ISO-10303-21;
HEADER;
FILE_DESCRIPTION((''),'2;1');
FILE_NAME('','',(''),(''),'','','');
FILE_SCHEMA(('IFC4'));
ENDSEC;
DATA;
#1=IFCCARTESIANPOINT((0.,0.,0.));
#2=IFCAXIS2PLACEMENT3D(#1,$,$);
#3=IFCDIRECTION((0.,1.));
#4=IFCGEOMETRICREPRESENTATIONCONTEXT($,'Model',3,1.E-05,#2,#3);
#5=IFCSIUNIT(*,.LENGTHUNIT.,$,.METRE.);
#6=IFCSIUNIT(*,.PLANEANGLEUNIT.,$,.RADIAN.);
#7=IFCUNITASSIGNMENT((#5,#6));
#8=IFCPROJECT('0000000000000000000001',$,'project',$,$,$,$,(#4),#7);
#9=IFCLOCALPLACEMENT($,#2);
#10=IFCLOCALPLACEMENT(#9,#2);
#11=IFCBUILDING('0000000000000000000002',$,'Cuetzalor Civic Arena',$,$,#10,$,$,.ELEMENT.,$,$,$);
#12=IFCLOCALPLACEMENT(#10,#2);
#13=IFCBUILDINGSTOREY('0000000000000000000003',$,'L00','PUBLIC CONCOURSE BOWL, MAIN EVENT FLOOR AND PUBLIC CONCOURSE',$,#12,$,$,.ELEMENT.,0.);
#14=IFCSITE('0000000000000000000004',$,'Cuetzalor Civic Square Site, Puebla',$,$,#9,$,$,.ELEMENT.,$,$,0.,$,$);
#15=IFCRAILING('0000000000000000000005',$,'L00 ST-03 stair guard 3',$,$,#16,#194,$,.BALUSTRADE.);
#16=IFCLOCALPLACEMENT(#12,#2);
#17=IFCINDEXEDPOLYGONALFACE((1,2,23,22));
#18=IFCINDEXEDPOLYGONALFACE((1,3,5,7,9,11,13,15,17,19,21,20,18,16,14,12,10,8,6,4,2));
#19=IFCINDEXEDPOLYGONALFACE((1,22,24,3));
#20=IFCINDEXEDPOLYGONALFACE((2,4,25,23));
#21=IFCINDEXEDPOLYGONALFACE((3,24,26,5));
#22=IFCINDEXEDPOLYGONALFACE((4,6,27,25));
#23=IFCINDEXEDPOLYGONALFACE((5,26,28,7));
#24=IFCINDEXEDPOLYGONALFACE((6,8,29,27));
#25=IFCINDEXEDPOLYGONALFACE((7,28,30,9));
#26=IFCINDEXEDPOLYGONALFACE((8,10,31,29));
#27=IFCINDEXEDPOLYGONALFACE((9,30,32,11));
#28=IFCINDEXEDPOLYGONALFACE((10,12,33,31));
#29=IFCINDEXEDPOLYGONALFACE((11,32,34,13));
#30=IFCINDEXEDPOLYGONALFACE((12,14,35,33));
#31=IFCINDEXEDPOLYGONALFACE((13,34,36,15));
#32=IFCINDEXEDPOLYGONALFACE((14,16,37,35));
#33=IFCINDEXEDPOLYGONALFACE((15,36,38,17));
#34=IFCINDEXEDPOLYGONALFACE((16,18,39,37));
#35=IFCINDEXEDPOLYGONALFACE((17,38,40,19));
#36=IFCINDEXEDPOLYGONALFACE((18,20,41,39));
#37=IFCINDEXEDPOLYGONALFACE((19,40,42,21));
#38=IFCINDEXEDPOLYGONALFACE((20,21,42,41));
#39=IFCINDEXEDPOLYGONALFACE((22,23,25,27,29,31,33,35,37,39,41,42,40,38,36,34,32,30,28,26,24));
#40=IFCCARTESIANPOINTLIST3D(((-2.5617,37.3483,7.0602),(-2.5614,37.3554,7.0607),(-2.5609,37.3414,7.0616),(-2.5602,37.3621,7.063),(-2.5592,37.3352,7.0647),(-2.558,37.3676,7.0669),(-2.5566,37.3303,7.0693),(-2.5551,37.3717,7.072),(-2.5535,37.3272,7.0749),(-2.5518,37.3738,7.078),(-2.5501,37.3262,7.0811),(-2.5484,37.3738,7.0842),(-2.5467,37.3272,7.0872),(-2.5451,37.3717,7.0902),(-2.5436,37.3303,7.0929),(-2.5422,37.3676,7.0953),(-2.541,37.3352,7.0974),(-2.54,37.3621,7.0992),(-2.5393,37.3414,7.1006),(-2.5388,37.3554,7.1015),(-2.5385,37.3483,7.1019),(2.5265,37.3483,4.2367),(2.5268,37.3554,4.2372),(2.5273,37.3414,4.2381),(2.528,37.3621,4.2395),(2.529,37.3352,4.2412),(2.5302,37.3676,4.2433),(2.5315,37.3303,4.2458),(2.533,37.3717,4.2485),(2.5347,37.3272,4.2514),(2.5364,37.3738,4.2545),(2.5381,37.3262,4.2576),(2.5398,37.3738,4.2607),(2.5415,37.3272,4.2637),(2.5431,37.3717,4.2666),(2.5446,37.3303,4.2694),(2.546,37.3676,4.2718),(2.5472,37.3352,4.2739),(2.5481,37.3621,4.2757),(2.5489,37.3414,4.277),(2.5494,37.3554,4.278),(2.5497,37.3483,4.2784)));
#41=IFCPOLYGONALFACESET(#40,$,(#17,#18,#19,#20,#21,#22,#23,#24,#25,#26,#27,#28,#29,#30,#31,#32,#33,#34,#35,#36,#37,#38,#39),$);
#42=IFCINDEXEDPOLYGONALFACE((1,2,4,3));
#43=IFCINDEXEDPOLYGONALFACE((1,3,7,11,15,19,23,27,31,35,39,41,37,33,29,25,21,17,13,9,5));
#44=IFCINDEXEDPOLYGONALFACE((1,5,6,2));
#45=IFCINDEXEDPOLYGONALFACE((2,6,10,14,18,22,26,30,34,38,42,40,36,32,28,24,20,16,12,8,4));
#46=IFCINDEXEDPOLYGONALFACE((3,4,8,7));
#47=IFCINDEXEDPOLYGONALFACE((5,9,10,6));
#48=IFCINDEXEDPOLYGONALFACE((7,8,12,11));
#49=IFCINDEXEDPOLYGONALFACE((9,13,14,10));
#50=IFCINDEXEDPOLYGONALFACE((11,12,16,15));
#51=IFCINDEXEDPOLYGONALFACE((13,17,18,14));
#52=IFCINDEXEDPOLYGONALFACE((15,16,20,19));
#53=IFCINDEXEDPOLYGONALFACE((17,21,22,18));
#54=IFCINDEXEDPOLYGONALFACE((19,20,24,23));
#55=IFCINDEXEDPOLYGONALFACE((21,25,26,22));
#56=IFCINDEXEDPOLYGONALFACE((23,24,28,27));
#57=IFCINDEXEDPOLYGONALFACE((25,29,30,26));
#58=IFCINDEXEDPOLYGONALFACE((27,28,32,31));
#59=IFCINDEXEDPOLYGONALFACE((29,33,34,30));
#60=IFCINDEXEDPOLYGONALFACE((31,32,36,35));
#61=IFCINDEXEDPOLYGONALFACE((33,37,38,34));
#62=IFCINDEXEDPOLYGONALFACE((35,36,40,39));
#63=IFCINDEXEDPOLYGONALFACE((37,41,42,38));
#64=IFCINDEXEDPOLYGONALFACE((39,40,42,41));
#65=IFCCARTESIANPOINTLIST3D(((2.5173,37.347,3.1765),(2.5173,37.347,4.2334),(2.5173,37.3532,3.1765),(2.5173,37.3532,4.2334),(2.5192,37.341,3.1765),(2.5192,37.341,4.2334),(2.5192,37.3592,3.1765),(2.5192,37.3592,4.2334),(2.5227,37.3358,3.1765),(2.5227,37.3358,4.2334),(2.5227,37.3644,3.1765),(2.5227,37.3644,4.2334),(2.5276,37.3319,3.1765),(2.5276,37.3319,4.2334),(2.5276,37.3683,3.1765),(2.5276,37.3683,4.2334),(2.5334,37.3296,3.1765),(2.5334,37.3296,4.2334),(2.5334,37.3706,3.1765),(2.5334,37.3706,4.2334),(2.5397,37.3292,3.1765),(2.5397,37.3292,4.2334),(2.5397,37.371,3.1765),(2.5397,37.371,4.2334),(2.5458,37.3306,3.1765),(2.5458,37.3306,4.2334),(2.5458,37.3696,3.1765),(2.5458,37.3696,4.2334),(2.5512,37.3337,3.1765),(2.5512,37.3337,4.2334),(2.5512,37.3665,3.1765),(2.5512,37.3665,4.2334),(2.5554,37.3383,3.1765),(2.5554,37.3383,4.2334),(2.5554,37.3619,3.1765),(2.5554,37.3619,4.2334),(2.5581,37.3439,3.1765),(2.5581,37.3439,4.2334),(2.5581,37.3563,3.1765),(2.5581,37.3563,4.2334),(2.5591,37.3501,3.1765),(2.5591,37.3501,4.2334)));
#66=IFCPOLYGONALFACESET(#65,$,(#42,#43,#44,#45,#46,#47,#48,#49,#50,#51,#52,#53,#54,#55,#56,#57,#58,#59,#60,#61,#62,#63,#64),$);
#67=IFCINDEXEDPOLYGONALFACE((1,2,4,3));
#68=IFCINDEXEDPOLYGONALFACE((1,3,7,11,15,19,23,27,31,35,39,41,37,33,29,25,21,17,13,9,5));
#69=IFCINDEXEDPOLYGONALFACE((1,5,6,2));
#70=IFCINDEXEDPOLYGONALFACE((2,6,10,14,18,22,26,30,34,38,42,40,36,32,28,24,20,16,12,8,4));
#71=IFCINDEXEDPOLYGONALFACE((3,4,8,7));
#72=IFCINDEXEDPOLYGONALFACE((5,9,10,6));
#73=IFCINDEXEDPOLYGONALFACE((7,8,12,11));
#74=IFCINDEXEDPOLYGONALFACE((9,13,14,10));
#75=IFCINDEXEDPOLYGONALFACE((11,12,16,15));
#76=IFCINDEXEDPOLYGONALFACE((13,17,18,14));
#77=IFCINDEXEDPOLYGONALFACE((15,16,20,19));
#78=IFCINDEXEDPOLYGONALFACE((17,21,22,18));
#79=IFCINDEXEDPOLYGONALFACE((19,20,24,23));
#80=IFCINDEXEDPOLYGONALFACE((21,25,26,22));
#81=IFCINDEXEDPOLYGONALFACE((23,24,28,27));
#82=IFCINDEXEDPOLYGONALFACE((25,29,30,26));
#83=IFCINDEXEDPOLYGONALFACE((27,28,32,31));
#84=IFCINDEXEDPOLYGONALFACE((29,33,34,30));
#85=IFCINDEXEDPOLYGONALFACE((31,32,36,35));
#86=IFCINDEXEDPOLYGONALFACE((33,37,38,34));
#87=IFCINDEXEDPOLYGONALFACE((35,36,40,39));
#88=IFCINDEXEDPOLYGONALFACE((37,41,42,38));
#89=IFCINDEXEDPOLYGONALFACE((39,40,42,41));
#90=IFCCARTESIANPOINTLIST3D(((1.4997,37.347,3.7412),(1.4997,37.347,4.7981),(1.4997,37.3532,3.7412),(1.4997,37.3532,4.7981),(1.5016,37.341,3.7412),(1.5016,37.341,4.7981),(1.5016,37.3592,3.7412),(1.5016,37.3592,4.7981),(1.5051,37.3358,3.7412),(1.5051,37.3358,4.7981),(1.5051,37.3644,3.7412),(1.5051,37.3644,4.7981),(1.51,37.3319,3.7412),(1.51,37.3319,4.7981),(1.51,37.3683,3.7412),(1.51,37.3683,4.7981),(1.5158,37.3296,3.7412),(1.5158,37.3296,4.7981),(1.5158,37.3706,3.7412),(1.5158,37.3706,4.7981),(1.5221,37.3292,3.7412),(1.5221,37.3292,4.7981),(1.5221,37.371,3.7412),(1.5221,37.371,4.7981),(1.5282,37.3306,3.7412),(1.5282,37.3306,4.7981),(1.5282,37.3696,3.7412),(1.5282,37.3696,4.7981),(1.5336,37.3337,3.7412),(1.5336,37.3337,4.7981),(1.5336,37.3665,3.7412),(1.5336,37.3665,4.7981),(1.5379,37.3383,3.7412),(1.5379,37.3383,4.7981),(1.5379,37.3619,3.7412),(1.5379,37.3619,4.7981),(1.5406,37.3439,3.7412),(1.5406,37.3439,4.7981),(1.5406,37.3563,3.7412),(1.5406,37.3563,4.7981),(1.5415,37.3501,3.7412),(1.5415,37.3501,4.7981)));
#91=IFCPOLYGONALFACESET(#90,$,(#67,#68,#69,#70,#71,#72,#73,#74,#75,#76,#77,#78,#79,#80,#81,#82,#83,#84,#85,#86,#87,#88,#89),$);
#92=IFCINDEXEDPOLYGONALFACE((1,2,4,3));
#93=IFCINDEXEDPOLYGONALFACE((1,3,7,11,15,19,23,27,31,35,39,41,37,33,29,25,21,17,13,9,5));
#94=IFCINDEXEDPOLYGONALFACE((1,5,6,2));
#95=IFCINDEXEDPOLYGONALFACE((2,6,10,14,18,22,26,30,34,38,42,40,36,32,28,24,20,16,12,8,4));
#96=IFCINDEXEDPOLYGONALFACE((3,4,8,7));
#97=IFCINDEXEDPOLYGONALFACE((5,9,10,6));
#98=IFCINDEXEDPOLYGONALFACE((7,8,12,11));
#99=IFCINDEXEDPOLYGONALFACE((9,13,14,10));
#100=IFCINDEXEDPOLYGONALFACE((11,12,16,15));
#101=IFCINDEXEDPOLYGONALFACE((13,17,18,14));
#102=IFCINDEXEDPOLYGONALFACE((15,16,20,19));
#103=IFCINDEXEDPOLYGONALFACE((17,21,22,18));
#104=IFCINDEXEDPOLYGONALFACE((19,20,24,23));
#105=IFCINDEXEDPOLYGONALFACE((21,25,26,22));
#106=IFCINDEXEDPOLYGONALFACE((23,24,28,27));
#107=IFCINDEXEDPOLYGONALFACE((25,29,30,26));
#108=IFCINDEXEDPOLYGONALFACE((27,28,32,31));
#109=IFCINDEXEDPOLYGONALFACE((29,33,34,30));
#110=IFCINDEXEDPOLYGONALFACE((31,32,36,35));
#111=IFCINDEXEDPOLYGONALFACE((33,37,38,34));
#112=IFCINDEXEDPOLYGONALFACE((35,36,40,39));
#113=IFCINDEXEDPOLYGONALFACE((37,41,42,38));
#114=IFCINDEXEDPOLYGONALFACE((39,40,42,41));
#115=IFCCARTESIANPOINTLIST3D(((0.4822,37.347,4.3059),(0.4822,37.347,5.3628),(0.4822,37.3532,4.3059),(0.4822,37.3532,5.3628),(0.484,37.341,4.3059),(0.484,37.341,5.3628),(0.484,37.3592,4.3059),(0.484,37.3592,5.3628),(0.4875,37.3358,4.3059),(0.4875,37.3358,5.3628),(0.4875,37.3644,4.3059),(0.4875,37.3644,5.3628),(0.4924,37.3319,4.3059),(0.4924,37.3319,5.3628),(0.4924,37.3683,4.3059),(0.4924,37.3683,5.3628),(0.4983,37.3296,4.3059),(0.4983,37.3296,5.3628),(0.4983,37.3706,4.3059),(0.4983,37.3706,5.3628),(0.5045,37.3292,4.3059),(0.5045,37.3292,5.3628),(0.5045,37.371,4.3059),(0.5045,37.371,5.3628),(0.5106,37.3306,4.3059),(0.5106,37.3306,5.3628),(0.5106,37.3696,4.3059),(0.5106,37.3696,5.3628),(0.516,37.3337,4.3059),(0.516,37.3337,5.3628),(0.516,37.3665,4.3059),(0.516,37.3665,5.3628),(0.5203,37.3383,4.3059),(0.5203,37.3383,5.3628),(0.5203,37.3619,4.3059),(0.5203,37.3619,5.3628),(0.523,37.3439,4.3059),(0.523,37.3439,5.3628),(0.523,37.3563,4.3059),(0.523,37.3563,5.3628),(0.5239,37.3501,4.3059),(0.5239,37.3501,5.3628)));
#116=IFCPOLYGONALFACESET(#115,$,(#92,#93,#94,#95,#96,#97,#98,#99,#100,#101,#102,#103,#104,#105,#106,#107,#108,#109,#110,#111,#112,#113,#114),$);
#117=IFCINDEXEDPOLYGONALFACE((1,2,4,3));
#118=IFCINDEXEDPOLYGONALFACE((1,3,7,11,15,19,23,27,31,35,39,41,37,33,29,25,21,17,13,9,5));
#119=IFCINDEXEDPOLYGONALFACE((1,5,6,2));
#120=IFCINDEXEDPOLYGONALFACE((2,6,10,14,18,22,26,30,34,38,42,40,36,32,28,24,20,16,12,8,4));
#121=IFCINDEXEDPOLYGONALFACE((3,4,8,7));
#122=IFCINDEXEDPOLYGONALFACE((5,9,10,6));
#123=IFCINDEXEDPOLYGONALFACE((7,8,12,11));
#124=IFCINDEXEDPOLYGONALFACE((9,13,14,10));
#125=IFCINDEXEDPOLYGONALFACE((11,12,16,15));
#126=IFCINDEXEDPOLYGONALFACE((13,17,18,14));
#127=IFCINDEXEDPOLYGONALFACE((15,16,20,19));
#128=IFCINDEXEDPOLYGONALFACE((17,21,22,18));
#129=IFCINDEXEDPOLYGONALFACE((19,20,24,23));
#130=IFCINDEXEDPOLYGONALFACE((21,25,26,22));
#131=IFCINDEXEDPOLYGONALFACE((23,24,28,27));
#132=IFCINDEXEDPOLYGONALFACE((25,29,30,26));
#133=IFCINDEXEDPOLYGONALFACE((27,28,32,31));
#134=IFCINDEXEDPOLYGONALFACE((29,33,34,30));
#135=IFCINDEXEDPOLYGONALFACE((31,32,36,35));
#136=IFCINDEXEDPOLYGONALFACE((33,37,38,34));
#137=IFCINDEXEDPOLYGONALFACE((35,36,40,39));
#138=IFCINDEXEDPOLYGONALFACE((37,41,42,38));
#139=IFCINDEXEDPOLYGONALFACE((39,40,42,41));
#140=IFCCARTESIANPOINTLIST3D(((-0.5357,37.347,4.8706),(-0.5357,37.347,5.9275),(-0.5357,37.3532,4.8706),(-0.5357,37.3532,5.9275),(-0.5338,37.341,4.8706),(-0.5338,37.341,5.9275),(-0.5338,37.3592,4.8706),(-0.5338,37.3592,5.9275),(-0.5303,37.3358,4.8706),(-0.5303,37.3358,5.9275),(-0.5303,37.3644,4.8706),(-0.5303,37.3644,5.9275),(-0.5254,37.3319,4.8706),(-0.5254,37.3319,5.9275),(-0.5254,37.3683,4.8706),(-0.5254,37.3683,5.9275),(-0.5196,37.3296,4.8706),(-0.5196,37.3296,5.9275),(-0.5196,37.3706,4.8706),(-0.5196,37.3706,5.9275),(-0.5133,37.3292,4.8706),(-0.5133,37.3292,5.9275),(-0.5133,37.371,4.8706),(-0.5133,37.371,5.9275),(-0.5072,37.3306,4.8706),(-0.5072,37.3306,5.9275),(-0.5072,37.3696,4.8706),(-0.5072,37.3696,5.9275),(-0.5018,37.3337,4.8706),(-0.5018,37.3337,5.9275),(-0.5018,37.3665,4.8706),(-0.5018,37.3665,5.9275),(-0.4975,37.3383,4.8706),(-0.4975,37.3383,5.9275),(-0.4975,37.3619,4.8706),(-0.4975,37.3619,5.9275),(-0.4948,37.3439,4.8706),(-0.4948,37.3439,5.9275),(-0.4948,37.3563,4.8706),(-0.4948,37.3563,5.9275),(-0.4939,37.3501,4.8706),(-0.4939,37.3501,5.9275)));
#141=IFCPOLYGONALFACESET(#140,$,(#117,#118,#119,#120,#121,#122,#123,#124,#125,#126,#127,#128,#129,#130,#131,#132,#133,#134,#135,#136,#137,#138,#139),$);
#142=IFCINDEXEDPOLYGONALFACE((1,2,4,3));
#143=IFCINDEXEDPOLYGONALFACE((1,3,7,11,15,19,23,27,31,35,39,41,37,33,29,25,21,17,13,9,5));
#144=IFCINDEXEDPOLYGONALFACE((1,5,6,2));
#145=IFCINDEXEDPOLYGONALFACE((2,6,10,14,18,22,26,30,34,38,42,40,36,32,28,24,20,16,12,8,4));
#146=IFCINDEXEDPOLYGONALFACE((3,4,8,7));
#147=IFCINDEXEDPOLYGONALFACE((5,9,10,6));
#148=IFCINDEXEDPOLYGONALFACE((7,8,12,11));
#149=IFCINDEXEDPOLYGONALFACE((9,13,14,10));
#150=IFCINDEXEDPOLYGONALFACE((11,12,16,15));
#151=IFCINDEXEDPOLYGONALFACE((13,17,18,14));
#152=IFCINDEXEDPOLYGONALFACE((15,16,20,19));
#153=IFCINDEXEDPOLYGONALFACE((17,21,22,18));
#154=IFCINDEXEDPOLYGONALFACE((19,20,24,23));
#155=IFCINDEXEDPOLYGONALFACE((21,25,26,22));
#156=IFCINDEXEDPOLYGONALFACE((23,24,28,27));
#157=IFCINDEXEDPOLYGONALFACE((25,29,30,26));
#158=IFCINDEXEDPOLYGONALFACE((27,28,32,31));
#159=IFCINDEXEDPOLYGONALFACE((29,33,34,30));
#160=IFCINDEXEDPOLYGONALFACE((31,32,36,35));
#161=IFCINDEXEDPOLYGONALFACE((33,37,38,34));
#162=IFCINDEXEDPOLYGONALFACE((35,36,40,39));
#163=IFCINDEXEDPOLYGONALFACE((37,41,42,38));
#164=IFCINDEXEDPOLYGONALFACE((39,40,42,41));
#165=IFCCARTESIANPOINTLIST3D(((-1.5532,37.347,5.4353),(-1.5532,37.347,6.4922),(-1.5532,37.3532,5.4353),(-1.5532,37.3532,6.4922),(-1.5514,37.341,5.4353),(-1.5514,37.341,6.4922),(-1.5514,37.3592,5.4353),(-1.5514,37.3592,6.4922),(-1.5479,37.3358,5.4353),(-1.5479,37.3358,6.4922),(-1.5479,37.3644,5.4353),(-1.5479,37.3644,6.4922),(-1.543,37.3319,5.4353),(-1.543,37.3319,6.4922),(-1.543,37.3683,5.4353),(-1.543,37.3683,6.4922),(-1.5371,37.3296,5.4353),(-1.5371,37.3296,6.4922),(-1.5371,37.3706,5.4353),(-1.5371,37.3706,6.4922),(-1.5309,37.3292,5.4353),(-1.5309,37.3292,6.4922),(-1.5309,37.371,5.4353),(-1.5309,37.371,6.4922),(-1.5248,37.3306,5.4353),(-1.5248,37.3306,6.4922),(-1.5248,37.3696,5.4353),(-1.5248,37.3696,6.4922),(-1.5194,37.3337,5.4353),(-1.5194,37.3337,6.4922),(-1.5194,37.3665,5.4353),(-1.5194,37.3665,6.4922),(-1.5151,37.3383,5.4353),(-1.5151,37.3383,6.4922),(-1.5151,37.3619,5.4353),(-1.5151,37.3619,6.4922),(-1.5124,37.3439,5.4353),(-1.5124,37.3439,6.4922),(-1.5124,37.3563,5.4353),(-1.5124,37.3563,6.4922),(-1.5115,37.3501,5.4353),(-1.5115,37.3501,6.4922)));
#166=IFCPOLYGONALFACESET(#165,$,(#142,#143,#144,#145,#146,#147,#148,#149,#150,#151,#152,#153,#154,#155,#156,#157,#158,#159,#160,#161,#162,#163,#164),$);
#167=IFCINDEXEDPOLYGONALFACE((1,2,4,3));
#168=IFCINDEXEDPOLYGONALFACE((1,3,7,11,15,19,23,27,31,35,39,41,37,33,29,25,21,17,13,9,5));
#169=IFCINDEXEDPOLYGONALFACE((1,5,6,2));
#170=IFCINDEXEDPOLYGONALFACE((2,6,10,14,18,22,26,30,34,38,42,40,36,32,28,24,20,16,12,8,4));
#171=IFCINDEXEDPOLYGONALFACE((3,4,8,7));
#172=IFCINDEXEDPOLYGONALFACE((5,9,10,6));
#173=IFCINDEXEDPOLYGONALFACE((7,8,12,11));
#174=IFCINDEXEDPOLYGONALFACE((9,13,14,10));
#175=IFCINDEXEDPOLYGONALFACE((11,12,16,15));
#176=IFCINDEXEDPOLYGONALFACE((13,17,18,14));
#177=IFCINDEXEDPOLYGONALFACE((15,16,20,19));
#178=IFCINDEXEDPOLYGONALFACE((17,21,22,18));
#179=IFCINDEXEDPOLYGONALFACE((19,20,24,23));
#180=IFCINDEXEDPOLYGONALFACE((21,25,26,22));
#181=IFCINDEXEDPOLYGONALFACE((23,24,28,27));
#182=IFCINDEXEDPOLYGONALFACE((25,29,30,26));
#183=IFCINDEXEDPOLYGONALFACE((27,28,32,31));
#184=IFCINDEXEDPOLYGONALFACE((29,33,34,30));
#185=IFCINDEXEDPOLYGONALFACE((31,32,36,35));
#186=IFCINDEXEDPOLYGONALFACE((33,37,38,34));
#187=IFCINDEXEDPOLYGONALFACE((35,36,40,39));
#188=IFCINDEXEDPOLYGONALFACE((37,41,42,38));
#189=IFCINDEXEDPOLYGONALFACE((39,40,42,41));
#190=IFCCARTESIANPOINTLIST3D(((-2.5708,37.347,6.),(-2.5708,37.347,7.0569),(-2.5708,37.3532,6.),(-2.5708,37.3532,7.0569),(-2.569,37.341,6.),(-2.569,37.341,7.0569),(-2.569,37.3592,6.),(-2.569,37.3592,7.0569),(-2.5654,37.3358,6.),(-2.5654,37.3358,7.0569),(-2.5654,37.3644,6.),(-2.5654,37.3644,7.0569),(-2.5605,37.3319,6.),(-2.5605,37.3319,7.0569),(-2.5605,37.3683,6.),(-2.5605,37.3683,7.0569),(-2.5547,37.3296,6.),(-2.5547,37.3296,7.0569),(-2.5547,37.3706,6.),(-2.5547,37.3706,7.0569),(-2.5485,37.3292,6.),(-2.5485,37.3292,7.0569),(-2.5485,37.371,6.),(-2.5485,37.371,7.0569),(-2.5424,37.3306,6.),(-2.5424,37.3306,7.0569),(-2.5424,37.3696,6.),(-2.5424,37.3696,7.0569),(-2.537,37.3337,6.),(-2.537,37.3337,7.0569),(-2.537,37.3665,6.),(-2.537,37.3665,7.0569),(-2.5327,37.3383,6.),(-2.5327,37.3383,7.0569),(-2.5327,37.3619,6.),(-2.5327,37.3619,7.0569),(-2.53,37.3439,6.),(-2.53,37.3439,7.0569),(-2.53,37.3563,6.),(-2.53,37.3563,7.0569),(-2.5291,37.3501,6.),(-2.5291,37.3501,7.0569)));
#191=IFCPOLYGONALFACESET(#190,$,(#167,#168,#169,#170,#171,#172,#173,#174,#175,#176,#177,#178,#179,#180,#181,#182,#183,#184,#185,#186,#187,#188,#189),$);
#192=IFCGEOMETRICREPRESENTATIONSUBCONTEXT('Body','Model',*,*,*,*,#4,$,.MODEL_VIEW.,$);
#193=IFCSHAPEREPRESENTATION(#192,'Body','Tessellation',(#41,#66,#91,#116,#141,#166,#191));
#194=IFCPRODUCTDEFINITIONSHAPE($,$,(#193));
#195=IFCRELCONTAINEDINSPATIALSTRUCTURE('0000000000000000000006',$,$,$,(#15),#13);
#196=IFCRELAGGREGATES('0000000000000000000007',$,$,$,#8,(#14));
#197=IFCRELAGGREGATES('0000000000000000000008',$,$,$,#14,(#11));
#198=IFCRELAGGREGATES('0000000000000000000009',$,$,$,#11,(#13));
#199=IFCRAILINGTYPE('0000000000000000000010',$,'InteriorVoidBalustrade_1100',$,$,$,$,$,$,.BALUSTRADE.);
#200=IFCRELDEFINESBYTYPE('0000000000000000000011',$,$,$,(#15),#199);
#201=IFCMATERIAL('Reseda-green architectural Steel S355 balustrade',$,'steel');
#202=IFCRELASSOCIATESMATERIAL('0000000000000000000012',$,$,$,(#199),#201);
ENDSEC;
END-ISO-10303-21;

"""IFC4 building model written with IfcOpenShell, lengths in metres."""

from ifc_helpers import new_model, si_unit, direction, frame, origin, origin_2d, place, context, subcontext, project, spatial, circle, extrude, material, type_object, element, save


model = new_model("IFC4")

# Units and contexts
model_context = context("Model", 3, precision=1e-05, world=origin(), true_north=direction((0.0, 1.0)))
body_context = subcontext(model_context, "Body", "Model", "MODEL_VIEW")
ifc_project = project(units=[si_unit("LENGTHUNIT", "METRE"), si_unit("PLANEANGLEUNIT", "RADIAN")], contexts=[model_context])

# Site, building, storey
site_placement = place(None, origin())
site = spatial("IfcSite", under=ifc_project, at=site_placement, Name="Cuetzalor Civic Square Site, Puebla", CompositionType="ELEMENT", RefElevation=0.0)
building_placement = place(site_placement, origin())
building = spatial("IfcBuilding", under=site, at=building_placement, Name="Cuetzalor Civic Arena", CompositionType="ELEMENT")
storey_placement = place(building_placement, origin())
storey = spatial("IfcBuildingStorey", under=building, at=storey_placement, Name="L00", Description="PUBLIC CONCOURSE BOWL, MAIN EVENT FLOOR AND PUBLIC CONCOURSE", CompositionType="ELEMENT", Elevation=0.0)

# Railing
ifc_material_1 = material(Name="Reseda-green architectural Steel S355 balustrade", Category="steel")
railing_type_1 = type_object("IfcRailingType", Name="InteriorVoidBalustrade_1100", PredefinedType="BALUSTRADE", material=ifc_material_1)
railing_1_placement = place(storey_placement, frame((2.5381, 37.3501, 3.1765)))
element("IfcRailing", 1, at=railing_1_placement, inside=storey, type_object=railing_type_1, Name="L00 ST-03 stair guard 3", PredefinedType="BALUSTRADE", context=body_context, shape_type="SweptSolid", body=[
    extrude(circle(Radius=0.0239, at=origin_2d()), frame((0.0, 0.0, 1.0811), z_axis=(-0.874395, 0.0, 0.485215), x_axis=(0.0, -1.0, 0.0)), (0.0, 0.0, 1.0), 5.8191),
    extrude(circle(Radius=0.021, at=origin_2d()), origin(), (0.0, 0.0, 1.0), 1.0569),
    extrude(circle(Radius=0.021, at=origin_2d()), frame((-1.0176, 0.0, 0.5647)), (0.0, 0.0, 1.0), 1.0569),
    extrude(circle(Radius=0.021, at=origin_2d()), frame((-2.0352, 0.0, 1.1294)), (0.0, 0.0, 1.0), 1.0569),
    extrude(circle(Radius=0.021, at=origin_2d()), frame((-3.053, 0.0, 1.6941)), (0.0, 0.0, 1.0), 1.0569),
    extrude(circle(Radius=0.021, at=origin_2d()), frame((-4.0706, 0.0, 2.2588)), (0.0, 0.0, 1.0), 1.0569),
    extrude(circle(Radius=0.021, at=origin_2d()), frame((-5.0881, 0.0, 2.8235)), (0.0, 0.0, 1.0), 1.0569),
])

save(model, "model.ifc")
